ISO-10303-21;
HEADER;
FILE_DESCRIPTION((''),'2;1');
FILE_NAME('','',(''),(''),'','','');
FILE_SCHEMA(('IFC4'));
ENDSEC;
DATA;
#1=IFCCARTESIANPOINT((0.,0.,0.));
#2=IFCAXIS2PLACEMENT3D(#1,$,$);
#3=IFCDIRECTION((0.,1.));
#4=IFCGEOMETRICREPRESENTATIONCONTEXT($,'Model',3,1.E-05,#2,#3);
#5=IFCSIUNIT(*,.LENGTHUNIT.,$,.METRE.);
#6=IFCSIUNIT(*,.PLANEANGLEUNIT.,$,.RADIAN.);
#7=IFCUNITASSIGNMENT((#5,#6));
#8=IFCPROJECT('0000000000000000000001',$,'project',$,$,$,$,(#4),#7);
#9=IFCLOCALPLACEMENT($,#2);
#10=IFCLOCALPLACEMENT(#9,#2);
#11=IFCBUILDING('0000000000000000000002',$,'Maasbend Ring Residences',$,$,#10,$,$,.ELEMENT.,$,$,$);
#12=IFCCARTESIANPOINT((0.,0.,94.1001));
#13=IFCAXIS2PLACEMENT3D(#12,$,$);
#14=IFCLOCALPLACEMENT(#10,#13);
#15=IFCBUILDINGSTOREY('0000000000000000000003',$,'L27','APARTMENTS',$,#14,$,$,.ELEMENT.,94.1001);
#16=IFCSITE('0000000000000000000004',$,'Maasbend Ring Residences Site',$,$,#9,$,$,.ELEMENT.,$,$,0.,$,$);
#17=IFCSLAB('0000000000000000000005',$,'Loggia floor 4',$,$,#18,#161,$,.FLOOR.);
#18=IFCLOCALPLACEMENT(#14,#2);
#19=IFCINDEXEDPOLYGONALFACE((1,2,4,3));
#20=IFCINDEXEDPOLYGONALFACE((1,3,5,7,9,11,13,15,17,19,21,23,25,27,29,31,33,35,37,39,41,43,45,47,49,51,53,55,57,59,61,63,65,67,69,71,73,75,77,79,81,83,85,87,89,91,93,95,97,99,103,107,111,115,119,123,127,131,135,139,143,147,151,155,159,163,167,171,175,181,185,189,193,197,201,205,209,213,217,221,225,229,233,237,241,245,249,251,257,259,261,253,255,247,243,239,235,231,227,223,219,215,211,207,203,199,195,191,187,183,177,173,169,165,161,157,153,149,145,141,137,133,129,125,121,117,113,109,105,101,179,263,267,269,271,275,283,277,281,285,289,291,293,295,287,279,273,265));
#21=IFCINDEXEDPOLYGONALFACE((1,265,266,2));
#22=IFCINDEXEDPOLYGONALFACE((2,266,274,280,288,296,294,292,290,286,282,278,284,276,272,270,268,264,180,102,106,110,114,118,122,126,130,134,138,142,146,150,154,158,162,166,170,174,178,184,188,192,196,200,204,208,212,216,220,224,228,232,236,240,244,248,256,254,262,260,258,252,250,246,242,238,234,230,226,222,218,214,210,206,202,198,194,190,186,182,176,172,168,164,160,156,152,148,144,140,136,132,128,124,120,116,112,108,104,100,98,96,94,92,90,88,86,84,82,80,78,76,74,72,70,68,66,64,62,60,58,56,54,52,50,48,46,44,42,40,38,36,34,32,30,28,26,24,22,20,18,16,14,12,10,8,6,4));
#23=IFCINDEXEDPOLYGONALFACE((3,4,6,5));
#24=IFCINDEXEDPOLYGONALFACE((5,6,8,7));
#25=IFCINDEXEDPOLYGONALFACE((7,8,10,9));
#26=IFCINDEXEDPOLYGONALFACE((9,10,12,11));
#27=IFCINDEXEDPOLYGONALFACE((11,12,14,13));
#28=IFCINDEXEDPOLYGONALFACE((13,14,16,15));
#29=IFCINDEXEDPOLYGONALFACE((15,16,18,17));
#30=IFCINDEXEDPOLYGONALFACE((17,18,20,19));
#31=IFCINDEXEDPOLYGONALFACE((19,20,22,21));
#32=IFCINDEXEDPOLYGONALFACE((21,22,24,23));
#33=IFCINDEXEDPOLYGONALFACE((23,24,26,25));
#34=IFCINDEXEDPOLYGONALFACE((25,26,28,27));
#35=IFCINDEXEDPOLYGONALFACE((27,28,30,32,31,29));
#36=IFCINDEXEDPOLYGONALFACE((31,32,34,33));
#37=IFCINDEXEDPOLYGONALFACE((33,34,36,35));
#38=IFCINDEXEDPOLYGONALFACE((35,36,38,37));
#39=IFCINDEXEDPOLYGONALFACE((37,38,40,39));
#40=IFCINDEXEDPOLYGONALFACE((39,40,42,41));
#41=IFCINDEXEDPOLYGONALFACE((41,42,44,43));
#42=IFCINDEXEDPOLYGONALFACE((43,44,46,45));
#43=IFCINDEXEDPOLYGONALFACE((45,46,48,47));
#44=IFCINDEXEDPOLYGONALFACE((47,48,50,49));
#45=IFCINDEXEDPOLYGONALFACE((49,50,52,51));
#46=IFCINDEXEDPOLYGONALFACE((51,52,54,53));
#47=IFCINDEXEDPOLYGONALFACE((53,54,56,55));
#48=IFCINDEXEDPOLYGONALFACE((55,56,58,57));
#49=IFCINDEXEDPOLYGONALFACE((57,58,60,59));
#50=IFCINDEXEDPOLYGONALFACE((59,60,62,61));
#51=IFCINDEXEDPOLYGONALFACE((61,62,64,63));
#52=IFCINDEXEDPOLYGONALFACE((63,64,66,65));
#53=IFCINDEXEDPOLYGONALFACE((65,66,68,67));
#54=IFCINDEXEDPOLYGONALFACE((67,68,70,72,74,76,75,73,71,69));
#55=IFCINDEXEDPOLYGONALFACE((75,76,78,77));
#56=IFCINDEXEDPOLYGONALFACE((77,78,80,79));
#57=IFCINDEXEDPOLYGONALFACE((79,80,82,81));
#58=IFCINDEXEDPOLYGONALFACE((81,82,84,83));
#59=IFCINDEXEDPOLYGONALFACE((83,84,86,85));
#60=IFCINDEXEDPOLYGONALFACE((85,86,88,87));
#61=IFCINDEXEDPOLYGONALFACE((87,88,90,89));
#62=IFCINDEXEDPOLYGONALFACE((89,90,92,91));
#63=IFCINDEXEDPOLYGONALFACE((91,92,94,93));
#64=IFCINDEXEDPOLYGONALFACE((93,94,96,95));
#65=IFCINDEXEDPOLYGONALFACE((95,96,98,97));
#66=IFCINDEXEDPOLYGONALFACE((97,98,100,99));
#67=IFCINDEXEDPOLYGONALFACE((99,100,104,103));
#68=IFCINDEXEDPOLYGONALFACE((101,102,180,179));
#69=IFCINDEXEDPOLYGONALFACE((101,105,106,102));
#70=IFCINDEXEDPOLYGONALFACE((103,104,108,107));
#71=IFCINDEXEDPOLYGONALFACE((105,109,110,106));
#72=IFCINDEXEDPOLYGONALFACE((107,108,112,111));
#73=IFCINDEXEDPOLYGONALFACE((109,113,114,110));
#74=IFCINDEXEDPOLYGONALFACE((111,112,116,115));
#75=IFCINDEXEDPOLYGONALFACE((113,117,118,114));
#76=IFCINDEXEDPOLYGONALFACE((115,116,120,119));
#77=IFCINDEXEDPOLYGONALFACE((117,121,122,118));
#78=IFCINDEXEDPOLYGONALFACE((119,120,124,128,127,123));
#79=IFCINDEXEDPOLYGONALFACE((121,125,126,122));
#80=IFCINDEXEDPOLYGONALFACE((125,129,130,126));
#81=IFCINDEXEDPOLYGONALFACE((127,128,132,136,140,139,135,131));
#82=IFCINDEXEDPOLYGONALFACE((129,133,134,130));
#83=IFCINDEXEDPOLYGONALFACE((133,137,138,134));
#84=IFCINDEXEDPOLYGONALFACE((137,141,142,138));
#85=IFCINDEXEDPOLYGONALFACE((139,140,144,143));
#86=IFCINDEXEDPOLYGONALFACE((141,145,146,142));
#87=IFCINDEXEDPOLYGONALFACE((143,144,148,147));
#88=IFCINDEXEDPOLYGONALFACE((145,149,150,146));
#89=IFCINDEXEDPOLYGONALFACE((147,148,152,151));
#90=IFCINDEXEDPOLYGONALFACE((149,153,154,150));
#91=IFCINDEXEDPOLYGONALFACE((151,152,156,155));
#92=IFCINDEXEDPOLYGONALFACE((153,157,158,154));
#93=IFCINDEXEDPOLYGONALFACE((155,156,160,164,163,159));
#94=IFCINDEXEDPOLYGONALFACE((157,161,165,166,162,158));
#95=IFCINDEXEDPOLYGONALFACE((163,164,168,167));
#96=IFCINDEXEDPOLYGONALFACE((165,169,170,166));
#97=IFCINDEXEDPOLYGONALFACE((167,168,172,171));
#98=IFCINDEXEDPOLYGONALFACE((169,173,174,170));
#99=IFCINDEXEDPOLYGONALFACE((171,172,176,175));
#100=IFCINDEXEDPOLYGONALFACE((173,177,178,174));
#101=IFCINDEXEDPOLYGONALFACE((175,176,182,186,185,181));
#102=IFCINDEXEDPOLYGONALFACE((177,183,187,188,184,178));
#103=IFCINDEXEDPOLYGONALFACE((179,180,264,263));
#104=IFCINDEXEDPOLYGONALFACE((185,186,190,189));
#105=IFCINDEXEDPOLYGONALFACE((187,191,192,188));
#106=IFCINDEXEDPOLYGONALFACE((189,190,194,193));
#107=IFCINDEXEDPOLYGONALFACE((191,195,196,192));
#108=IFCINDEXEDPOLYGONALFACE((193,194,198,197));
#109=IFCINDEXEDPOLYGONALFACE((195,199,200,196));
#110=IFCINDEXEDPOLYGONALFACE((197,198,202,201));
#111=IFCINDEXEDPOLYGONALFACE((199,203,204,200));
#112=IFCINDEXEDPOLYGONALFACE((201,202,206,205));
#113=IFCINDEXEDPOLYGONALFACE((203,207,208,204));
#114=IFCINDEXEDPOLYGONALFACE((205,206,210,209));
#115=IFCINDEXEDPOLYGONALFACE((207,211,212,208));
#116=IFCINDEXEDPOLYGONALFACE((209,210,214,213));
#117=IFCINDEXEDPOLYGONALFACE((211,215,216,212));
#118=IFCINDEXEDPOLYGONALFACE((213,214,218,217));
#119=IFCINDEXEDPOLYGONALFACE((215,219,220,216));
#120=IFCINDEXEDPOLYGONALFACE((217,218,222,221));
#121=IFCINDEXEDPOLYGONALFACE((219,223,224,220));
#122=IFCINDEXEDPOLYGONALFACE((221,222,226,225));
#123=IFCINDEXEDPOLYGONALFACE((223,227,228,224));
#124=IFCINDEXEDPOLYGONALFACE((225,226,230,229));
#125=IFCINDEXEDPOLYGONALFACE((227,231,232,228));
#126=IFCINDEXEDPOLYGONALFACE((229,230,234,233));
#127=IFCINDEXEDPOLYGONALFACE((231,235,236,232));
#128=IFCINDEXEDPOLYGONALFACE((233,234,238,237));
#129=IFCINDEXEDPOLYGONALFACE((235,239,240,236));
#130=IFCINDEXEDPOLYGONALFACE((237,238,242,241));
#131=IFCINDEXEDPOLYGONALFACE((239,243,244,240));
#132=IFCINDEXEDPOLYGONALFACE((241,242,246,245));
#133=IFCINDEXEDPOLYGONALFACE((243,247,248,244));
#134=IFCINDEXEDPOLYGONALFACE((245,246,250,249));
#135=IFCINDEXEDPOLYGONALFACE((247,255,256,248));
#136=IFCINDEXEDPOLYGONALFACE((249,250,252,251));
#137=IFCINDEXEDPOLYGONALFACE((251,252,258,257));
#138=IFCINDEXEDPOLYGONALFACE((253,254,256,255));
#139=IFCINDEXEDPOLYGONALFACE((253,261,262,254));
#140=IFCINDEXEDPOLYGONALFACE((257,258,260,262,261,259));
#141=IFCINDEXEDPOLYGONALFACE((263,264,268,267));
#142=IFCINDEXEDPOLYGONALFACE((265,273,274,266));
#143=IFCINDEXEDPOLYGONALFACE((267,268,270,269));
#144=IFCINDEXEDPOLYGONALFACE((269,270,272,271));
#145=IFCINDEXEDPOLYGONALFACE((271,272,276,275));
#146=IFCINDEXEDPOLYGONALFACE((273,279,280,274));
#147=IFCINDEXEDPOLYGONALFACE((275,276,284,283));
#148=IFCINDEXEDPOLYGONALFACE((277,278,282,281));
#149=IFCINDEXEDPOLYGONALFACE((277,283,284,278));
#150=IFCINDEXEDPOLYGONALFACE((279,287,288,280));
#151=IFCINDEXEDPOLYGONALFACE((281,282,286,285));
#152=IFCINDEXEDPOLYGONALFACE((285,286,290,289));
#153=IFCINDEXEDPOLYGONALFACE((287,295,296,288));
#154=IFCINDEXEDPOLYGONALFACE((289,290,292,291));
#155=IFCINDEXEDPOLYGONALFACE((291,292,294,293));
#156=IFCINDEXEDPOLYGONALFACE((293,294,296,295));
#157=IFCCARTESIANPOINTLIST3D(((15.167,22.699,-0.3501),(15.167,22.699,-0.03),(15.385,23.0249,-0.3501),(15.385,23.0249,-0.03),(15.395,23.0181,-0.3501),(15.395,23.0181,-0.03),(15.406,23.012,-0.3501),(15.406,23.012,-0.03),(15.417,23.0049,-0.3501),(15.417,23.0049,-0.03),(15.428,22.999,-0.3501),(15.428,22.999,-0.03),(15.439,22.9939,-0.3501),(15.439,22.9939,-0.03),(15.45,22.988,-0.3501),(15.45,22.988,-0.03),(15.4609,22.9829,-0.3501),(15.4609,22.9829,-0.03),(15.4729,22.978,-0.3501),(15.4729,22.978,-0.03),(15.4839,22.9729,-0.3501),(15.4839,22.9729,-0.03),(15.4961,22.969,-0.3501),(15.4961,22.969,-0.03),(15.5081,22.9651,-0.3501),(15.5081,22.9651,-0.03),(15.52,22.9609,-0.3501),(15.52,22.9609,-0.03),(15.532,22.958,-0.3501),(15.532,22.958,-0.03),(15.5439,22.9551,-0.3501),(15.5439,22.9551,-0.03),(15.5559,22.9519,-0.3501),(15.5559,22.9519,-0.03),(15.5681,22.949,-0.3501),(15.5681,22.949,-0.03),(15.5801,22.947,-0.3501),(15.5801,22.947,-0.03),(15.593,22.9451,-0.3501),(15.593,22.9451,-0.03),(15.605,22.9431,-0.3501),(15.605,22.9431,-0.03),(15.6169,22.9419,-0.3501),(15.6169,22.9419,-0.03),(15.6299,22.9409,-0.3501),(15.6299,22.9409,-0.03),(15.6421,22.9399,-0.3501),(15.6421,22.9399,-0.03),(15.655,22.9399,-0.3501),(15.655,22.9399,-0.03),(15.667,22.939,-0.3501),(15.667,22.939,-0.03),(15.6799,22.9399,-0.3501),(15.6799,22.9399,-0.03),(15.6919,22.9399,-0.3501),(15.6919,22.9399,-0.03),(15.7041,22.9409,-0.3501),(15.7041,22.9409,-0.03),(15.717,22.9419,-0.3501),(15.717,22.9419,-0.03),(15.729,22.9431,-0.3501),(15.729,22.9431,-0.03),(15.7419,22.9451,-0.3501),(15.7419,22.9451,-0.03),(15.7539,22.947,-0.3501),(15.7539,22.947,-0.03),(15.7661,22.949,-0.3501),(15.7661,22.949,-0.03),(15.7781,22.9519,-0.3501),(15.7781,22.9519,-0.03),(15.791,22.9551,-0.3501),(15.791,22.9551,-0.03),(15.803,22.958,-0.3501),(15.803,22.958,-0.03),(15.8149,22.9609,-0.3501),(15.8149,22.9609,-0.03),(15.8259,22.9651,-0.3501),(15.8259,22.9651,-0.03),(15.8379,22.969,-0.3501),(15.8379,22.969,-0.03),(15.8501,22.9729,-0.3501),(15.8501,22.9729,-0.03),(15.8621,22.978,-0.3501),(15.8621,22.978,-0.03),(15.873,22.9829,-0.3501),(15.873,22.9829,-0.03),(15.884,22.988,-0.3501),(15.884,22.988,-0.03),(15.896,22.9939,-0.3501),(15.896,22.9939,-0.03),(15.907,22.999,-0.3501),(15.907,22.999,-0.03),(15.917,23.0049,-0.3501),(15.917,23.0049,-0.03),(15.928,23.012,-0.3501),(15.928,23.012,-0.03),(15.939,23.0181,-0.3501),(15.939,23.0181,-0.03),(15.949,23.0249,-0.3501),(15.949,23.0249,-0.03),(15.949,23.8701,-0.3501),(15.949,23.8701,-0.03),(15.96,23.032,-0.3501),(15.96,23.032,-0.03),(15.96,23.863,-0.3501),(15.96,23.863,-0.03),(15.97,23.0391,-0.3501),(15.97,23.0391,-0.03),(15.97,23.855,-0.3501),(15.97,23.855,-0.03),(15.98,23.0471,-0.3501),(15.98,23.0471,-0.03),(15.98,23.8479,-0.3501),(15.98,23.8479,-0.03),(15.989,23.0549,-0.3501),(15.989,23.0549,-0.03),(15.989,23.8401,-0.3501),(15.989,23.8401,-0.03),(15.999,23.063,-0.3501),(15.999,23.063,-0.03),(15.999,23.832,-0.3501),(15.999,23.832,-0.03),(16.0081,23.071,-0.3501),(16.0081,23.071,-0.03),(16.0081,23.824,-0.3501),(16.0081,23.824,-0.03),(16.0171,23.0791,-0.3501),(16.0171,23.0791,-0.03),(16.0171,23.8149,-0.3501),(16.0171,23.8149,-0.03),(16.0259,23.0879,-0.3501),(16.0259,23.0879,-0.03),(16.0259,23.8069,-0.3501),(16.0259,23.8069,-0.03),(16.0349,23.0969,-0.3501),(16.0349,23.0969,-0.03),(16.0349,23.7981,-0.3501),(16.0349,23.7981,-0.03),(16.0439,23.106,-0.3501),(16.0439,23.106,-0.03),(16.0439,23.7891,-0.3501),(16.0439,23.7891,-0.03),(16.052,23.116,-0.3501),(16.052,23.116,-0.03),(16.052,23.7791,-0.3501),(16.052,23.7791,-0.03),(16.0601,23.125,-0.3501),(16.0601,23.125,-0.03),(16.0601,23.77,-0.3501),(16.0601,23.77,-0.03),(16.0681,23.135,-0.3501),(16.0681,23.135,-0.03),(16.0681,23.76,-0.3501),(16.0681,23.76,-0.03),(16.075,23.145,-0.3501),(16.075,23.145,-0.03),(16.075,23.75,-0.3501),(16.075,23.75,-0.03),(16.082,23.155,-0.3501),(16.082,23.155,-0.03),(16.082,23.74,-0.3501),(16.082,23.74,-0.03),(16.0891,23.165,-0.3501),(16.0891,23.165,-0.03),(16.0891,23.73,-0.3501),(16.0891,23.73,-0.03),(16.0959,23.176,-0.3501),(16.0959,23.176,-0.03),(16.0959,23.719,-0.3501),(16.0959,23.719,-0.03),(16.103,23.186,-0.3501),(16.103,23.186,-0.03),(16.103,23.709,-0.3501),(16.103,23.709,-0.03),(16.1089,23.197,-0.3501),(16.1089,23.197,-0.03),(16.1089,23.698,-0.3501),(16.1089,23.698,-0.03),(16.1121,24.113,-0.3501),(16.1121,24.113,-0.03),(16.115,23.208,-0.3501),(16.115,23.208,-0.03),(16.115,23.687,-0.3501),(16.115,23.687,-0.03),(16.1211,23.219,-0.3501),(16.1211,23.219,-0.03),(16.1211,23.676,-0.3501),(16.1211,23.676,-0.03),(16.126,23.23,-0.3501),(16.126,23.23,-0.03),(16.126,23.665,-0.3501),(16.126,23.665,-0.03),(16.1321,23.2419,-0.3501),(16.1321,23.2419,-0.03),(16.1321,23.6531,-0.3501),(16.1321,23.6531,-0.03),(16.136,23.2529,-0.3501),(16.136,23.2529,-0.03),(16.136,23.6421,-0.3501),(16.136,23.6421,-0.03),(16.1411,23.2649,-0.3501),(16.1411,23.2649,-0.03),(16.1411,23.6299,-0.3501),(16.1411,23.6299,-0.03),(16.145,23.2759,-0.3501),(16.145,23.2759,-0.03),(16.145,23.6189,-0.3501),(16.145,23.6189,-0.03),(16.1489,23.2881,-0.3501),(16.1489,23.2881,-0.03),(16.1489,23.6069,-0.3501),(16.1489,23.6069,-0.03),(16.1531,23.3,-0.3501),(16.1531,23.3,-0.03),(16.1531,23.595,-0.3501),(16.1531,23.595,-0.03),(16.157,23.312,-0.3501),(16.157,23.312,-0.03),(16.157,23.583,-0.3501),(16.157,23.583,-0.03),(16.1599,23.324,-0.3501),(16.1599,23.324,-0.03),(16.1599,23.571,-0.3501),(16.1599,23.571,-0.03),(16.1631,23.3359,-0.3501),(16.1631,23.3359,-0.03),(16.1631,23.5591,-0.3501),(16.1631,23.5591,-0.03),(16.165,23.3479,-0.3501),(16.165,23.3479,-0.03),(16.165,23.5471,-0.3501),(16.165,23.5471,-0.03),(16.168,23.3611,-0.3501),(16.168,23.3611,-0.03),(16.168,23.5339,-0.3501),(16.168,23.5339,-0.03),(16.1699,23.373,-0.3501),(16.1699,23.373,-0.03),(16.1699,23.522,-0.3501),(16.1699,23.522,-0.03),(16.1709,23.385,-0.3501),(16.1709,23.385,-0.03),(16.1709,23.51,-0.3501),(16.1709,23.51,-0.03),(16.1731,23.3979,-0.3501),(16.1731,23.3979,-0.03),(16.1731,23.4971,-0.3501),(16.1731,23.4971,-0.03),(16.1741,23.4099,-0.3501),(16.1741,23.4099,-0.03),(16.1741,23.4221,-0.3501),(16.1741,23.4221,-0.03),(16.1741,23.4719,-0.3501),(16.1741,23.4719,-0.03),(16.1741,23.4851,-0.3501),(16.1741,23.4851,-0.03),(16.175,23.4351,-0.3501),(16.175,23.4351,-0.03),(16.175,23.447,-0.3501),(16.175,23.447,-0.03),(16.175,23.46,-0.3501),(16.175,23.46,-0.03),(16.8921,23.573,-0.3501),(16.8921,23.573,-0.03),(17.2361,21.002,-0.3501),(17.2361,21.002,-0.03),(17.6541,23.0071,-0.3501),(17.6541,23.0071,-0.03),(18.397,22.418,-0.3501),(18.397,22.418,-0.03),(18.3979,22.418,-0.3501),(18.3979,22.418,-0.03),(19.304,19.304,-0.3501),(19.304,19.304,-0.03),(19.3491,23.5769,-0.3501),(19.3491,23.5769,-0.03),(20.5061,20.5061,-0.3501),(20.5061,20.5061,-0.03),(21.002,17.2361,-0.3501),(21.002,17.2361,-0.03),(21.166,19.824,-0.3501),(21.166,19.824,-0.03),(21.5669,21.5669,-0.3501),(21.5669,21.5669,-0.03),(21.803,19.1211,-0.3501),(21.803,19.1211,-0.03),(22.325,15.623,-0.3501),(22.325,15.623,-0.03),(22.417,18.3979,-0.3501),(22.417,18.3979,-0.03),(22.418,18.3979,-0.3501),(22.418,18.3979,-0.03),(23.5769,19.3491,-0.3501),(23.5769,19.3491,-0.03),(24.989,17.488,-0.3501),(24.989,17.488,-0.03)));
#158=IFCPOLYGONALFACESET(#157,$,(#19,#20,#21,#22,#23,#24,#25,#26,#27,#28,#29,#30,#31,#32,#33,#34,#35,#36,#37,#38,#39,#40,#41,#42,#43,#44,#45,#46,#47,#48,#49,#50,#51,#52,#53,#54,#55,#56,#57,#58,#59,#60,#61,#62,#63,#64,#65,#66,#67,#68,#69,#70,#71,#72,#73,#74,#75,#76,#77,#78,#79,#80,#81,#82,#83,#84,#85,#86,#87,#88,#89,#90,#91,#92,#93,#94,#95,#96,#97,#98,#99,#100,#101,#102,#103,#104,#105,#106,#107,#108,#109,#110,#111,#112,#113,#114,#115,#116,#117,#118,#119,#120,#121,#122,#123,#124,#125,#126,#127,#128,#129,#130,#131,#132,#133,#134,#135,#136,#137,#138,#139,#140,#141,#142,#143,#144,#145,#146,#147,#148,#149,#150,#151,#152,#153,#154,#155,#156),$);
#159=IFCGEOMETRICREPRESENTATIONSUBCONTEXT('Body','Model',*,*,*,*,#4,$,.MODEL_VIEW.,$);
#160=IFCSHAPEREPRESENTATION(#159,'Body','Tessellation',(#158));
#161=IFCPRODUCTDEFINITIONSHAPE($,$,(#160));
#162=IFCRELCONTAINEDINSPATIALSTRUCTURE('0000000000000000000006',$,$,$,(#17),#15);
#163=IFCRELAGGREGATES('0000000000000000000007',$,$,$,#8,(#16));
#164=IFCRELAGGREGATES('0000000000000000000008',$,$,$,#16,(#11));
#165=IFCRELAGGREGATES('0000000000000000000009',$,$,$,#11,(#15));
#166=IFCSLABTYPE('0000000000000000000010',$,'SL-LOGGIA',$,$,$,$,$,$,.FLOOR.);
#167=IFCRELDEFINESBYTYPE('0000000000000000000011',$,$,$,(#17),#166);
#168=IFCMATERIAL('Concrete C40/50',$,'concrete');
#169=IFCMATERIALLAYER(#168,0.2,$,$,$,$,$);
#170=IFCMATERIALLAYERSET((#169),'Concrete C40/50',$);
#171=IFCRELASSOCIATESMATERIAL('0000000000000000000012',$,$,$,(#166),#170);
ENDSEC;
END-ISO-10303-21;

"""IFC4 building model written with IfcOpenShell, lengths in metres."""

from ifc_helpers import new_model, si_unit, direction, frame, origin, place, context, subcontext, project, spatial, polyline, outline, extrude, material, layer, layer_set, type_object, element, save


model = new_model("IFC4")

# Units and contexts
model_context = context("Model", 3, precision=1e-05, world=origin(), true_north=direction((0.0, 1.0)))
body_context = subcontext(model_context, "Body", "Model", "MODEL_VIEW")
ifc_project = project(units=[si_unit("LENGTHUNIT", "METRE"), si_unit("PLANEANGLEUNIT", "RADIAN")], contexts=[model_context])

# Site, building, storey
site_placement = place(None, origin())
site = spatial("IfcSite", under=ifc_project, at=site_placement, Name="Maasbend Ring Residences Site", CompositionType="ELEMENT", RefElevation=0.0)
building_placement = place(site_placement, origin())
building = spatial("IfcBuilding", under=site, at=building_placement, Name="Maasbend Ring Residences", CompositionType="ELEMENT")
storey_placement = place(building_placement, frame((0.0, 0.0, 94.1001)))
storey = spatial("IfcBuildingStorey", under=building, at=storey_placement, Name="L27", Description="APARTMENTS", CompositionType="ELEMENT", Elevation=94.1001)

# Slab
ifc_material_1 = material(Name="Concrete C40/50", Category="concrete")
ifc_layer_1 = layer(ifc_material_1, 0.2)
ifc_layer_set_1 = layer_set([ifc_layer_1], Name="Concrete C40/50")
slab_type = type_object("IfcSlabType", Name="SL-LOGGIA", PredefinedType="FLOOR", material=ifc_layer_set_1)
slab_1_placement = place(storey_placement, frame((0.0, 0.0, -0.3501)))
element("IfcSlab", 1, at=slab_1_placement, inside=storey, type_object=slab_type, Name="Loggia floor 4", PredefinedType="FLOOR", context=body_context, shape_type="SweptSolid", body=[
    extrude(outline(polyline([(15.406, 23.012), (15.417, 23.0049), (15.428, 22.999), (15.439, 22.9939), (15.45, 22.988), (15.4609, 22.9829), (15.4729, 22.978), (15.4839, 22.9729), (15.4961, 22.969), (15.5081, 22.9651), (15.52, 22.9609), (15.532, 22.958), (15.5439, 22.9551), (15.5559, 22.9519), (15.5681, 22.949), (15.5801, 22.947), (15.593, 22.9451), (15.605, 22.9431), (15.6169, 22.9419), (15.6299, 22.9409), (15.6421, 22.9399), (15.655, 22.9399), (15.667, 22.939), (15.6799, 22.9399), (15.6919, 22.9399), (15.7041, 22.9409), (15.717, 22.9419), (15.729, 22.9431), (15.7419, 22.9451), (15.7539, 22.947), (15.7661, 22.949), (15.7781, 22.9519), (15.791, 22.9551), (15.803, 22.958), (15.8149, 22.9609), (15.8259, 22.9651), (15.8379, 22.969), (15.8501, 22.9729), (15.8621, 22.978), (15.873, 22.9829), (15.884, 22.988), (15.896, 22.9939), (15.907, 22.999), (15.917, 23.0049), (15.928, 23.012), (15.939, 23.0181), (15.949, 23.0249), (15.96, 23.032), (15.97, 23.0391), (15.98, 23.0471), (15.989, 23.0549), (15.999, 23.063), (16.0081, 23.071), (16.0171, 23.0791), (16.0259, 23.0879), (16.0349, 23.0969), (16.0439, 23.106), (16.052, 23.116), (16.0601, 23.125), (16.0681, 23.135), (16.075, 23.145), (16.082, 23.155), (16.0891, 23.165), (16.0959, 23.176), (16.103, 23.186), (16.1089, 23.197), (16.115, 23.208), (16.1211, 23.219), (16.126, 23.23), (16.1321, 23.2419), (16.136, 23.2529), (16.1411, 23.2649), (16.145, 23.2759), (16.1489, 23.2881), (16.1531, 23.3), (16.157, 23.312), (16.1599, 23.324), (16.1631, 23.3359), (16.165, 23.3479), (16.168, 23.3611), (16.1699, 23.373), (16.1709, 23.385), (16.1731, 23.3979), (16.1741, 23.4099), (16.1741, 23.4221), (16.175, 23.4351), (16.175, 23.447), (16.175, 23.46), (16.1741, 23.4719), (16.1741, 23.4851), (16.1731, 23.4971), (16.1709, 23.51), (16.1699, 23.522), (16.168, 23.5339), (16.165, 23.5471), (16.1631, 23.5591), (16.1599, 23.571), (16.157, 23.583), (16.1531, 23.595), (16.1489, 23.6069), (16.145, 23.6189), (16.1411, 23.6299), (16.136, 23.6421), (16.1321, 23.6531), (16.126, 23.665), (16.1211, 23.676), (16.115, 23.687), (16.1089, 23.698), (16.103, 23.709), (16.0959, 23.719), (16.0891, 23.73), (16.082, 23.74), (16.075, 23.75), (16.0681, 23.76), (16.0601, 23.77), (16.052, 23.7791), (16.0439, 23.7891), (16.0349, 23.7981), (16.0259, 23.8069), (16.0171, 23.8149), (16.0081, 23.824), (15.999, 23.832), (15.989, 23.8401), (15.98, 23.8479), (15.97, 23.855), (15.96, 23.863), (15.949, 23.8701), (15.949, 23.8701), (16.1121, 24.113), (16.1121, 24.113), (16.1121, 24.113), (16.8921, 23.573), (16.8921, 23.573), (17.6541, 23.0071), (17.6541, 23.0071), (18.397, 22.418), (18.397, 22.418), (18.397, 22.418), (18.397, 22.418), (18.397, 22.418), (18.397, 22.418), (18.397, 22.418), (18.397, 22.418), (18.397, 22.418), (18.397, 22.418), (18.397, 22.418), (18.3979, 22.418), (18.3979, 22.418), (18.3979, 22.418), (18.3979, 22.418), (18.3979, 22.418), (18.3979, 22.418), (19.3491, 23.5769), (19.3491, 23.5769), (19.3491, 23.5769), (21.5669, 21.5669), (21.5669, 21.5669), (21.5669, 21.5669), (20.5061, 20.5061), (20.5061, 20.5061), (20.5061, 20.5061), (20.5061, 20.5061), (20.5061, 20.5061), (20.5061, 20.5061), (20.5061, 20.5061), (20.5061, 20.5061), (20.5061, 20.5061), (20.5061, 20.5061), (20.5061, 20.5061), (20.5061, 20.5061), (20.5061, 20.5061), (20.5061, 20.5061), (20.5061, 20.5061), (20.5061, 20.5061), (20.5061, 20.5061), (21.166, 19.824), (21.166, 19.824), (21.803, 19.1211), (21.803, 19.1211), (22.417, 18.3979), (22.417, 18.3979), (22.417, 18.3979), (22.417, 18.3979), (22.417, 18.3979), (22.417, 18.3979), (22.417, 18.3979), (22.417, 18.3979), (22.417, 18.3979), (22.417, 18.3979), (22.417, 18.3979), (22.417, 18.3979), (22.418, 18.3979), (22.418, 18.3979), (22.418, 18.3979), (22.418, 18.3979), (22.418, 18.3979), (23.5769, 19.3491), (23.5769, 19.3491), (23.5769, 19.3491), (24.989, 17.488), (24.989, 17.488), (24.989, 17.488), (22.325, 15.623), (22.325, 15.623), (22.325, 15.623), (21.002, 17.2361), (19.304, 19.304), (19.304, 19.304), (19.304, 19.304), (17.2361, 21.002), (15.167, 22.699), (15.167, 22.699), (15.167, 22.699), (15.385, 23.0249), (15.385, 23.0249), (15.395, 23.0181), (15.406, 23.012)])), origin(), (0.0, 0.0, 1.0), 0.3201),
])

save(model, "model.ifc")
